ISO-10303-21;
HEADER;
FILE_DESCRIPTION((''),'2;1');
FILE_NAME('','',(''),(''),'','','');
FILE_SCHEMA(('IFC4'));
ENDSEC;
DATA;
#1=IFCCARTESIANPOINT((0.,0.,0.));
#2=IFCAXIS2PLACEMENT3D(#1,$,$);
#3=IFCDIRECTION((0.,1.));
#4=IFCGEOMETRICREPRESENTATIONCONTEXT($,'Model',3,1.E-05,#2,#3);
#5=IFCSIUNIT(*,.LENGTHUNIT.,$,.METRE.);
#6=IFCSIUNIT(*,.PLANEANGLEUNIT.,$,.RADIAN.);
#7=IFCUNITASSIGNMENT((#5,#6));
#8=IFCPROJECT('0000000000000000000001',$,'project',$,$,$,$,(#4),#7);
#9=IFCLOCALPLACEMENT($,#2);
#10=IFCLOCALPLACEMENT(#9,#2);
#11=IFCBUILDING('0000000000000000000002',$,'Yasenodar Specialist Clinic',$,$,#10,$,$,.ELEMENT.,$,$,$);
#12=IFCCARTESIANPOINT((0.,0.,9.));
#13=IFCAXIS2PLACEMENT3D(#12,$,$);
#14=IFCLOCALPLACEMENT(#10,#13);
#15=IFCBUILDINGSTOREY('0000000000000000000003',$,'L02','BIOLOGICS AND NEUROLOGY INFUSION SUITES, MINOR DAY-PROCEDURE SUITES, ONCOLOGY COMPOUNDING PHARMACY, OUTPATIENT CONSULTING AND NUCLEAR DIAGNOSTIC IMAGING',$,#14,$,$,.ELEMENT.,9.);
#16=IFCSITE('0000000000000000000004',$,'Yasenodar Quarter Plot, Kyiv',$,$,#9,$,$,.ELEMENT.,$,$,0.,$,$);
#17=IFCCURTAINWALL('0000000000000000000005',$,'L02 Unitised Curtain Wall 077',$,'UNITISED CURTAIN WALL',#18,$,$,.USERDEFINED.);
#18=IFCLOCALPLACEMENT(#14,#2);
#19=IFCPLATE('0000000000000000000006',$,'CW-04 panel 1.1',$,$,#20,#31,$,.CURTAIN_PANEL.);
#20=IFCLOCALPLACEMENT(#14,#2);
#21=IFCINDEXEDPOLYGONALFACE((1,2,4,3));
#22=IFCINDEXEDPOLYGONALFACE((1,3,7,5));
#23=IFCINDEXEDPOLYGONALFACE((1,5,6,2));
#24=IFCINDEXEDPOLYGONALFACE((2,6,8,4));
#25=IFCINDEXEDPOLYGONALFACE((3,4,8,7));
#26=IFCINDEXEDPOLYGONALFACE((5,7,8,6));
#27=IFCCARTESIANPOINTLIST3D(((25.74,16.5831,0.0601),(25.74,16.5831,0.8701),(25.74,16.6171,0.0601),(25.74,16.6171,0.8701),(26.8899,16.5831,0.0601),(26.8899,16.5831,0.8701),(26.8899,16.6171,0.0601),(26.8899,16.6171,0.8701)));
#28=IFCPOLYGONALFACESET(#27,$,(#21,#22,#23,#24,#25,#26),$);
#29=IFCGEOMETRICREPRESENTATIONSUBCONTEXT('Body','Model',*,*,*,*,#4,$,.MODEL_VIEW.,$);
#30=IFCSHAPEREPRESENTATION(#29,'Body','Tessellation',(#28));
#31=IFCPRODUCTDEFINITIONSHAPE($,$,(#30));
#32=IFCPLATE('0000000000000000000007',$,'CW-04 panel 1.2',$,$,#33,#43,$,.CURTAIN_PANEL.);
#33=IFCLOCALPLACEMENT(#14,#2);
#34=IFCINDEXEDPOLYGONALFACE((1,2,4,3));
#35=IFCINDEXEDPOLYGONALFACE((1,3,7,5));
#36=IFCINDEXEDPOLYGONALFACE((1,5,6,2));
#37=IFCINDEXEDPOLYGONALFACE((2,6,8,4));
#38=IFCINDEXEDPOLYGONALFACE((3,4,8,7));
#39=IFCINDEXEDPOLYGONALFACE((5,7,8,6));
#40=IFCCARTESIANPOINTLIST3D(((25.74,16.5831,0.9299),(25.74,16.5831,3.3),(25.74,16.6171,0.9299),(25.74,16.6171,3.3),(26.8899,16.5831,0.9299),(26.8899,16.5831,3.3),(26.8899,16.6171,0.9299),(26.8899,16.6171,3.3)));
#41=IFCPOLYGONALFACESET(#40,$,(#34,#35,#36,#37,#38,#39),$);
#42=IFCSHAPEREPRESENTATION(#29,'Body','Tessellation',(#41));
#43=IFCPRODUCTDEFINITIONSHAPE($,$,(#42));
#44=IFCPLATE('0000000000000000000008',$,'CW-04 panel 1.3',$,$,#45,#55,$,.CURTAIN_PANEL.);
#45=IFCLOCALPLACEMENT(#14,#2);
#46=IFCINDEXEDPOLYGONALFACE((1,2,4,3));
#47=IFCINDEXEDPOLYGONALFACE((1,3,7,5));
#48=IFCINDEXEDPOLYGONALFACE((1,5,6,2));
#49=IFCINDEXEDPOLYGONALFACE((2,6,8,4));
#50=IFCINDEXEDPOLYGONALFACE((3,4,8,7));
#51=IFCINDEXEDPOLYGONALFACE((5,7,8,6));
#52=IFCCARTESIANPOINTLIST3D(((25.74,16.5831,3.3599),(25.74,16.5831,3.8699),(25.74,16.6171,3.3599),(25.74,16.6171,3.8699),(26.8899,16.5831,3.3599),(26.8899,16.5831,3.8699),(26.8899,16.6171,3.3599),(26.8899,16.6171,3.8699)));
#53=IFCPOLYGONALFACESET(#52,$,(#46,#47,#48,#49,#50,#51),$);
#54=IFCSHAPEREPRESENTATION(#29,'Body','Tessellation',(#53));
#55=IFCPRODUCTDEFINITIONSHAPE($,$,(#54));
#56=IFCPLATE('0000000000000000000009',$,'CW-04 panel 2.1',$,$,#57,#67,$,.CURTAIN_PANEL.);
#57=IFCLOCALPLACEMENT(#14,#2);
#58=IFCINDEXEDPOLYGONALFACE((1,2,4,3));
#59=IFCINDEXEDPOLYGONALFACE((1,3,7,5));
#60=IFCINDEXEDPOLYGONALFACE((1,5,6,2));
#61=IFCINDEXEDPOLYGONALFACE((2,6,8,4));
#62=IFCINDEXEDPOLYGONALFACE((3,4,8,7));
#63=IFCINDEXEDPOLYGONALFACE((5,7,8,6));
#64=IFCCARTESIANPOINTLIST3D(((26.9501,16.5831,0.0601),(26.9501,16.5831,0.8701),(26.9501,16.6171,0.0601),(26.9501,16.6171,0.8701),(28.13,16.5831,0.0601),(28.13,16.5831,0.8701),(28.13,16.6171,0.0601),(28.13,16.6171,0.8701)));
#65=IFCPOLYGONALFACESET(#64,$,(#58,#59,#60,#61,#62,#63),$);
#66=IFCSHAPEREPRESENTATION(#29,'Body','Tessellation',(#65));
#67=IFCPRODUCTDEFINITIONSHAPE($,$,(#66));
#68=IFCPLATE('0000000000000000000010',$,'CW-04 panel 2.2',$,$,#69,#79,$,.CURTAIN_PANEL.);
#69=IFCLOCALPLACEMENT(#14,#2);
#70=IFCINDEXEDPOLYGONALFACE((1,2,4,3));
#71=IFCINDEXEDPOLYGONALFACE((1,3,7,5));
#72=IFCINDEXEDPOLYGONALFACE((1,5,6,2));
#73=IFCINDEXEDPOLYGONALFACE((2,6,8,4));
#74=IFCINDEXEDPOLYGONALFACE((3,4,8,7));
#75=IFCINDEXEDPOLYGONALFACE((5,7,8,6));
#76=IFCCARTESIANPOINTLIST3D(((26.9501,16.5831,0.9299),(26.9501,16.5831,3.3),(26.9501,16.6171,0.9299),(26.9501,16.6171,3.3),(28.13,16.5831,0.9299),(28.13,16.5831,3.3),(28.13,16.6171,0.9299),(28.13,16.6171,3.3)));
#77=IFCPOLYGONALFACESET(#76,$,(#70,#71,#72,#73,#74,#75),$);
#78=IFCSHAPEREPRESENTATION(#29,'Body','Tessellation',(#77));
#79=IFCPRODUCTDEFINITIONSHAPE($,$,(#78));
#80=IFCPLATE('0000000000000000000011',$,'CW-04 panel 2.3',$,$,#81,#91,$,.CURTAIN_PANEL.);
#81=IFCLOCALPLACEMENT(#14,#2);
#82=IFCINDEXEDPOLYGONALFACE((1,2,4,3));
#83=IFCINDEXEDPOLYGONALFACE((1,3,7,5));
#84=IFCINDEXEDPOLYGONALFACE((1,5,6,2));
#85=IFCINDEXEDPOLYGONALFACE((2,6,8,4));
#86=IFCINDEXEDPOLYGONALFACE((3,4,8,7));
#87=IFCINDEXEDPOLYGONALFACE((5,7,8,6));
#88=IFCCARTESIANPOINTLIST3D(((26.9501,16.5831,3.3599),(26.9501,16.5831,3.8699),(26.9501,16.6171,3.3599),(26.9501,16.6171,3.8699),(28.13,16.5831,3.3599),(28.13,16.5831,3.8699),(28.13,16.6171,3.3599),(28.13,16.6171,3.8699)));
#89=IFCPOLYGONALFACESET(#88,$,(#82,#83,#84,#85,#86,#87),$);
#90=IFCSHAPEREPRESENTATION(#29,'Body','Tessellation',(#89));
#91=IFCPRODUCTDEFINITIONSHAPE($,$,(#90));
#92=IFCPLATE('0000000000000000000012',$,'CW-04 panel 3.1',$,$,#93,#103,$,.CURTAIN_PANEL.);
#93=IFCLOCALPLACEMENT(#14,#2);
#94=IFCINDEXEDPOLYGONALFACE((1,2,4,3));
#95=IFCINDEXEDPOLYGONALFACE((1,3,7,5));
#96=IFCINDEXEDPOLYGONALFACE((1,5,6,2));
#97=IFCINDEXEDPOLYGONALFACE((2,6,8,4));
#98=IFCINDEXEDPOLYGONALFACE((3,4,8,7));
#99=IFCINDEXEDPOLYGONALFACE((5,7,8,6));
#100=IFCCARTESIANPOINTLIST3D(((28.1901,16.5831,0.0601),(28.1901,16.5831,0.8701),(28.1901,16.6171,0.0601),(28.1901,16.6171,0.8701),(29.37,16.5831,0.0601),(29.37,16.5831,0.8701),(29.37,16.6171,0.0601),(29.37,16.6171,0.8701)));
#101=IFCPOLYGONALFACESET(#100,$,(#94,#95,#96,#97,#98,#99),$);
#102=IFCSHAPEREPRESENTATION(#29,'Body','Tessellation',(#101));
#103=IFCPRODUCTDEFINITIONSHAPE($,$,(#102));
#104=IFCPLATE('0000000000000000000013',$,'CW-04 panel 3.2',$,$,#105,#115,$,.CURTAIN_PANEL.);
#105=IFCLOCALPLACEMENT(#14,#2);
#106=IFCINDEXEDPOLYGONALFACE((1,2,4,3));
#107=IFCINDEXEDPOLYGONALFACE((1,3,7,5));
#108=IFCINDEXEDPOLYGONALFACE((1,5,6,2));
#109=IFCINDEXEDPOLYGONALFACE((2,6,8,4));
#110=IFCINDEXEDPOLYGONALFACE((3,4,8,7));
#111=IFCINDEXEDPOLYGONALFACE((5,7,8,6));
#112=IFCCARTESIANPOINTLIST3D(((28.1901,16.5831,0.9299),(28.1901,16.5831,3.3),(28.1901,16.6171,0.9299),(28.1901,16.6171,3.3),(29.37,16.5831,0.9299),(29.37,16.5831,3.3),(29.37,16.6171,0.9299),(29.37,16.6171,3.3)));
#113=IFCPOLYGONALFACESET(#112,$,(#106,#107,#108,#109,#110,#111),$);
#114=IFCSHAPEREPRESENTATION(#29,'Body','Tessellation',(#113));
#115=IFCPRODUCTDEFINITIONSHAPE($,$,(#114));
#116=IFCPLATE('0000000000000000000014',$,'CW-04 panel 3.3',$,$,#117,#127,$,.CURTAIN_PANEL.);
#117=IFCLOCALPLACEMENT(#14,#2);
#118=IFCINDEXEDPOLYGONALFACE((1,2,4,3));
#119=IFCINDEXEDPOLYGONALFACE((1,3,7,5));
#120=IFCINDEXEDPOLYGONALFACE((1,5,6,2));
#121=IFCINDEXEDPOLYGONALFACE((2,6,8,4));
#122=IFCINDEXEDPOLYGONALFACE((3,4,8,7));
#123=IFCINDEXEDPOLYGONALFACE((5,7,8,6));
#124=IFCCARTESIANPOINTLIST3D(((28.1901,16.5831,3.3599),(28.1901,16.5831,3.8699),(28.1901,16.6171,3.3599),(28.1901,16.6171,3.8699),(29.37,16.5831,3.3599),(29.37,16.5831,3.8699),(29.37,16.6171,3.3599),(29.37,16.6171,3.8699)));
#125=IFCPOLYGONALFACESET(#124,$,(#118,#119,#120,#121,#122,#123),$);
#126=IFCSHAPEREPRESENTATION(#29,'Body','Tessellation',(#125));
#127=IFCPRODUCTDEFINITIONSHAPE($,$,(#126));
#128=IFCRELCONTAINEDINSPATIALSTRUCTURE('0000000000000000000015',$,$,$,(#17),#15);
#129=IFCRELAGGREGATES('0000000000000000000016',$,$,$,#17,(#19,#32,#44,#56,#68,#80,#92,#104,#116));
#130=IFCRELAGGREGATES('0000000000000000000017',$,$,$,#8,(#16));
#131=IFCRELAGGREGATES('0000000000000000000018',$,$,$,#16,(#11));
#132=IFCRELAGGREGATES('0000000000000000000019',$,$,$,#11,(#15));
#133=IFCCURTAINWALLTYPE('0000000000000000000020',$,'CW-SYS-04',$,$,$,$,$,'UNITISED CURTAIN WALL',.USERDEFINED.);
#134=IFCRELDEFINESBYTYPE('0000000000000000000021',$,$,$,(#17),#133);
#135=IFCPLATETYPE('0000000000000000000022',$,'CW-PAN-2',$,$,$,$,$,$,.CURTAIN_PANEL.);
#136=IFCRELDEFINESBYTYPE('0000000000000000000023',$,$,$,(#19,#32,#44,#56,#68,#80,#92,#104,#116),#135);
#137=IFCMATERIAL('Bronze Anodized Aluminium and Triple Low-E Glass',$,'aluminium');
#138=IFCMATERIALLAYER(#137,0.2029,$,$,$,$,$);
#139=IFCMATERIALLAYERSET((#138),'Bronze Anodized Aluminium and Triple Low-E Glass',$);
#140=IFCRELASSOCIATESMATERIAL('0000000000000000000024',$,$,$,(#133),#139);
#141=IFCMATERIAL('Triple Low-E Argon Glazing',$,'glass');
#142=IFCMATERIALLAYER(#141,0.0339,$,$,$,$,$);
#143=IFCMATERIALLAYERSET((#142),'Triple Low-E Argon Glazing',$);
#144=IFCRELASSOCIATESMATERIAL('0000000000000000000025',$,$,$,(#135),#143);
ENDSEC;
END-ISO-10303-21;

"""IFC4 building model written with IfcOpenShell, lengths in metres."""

from ifc_helpers import new_model, si_unit, direction, frame, origin, origin_2d, place, context, subcontext, project, spatial, rectangle, extrude, material, layer, layer_set, type_object, element, aggregate, save


model = new_model("IFC4")

# Units and contexts
model_context = context("Model", 3, precision=1e-05, world=origin(), true_north=direction((0.0, 1.0)))
body_context = subcontext(model_context, "Body", "Model", "MODEL_VIEW")
ifc_project = project(units=[si_unit("LENGTHUNIT", "METRE"), si_unit("PLANEANGLEUNIT", "RADIAN")], contexts=[model_context])

# Site, building, storey
site_placement = place(None, origin())
site = spatial("IfcSite", under=ifc_project, at=site_placement, Name="Yasenodar Quarter Plot, Kyiv", CompositionType="ELEMENT", RefElevation=0.0)
building_placement = place(site_placement, origin())
building = spatial("IfcBuilding", under=site, at=building_placement, Name="Yasenodar Specialist Clinic", CompositionType="ELEMENT")
storey_placement = place(building_placement, frame((0.0, 0.0, 9.0)))
storey = spatial("IfcBuildingStorey", under=building, at=storey_placement, Name="L02", Description="BIOLOGICS AND NEUROLOGY INFUSION SUITES, MINOR DAY-PROCEDURE SUITES, ONCOLOGY COMPOUNDING PHARMACY, OUTPATIENT CONSULTING AND NUCLEAR DIAGNOSTIC IMAGING", CompositionType="ELEMENT", Elevation=9.0)

# Curtain wall
ifc_material_1 = material(Name="Bronze Anodized Aluminium and Triple Low-E Glass", Category="aluminium")
ifc_layer_1 = layer(ifc_material_1, 0.2029)
ifc_layer_set_1 = layer_set([ifc_layer_1], Name="Bronze Anodized Aluminium and Triple Low-E Glass")
curtain_wall_type = type_object("IfcCurtainWallType", Name="CW-SYS-04", ElementType="UNITISED CURTAIN WALL", PredefinedType="USERDEFINED", material=ifc_layer_set_1)
curtain_wall_1_placement = place(storey_placement, origin())
curtain_wall_1 = element("IfcCurtainWall", 1, at=curtain_wall_1_placement, inside=storey, type_object=curtain_wall_type, Name="L02 Unitised Curtain Wall 077", ObjectType="UNITISED CURTAIN WALL", PredefinedType="USERDEFINED")

# Plates
ifc_material_2 = material(Name="Triple Low-E Argon Glazing", Category="glass")
ifc_layer_2 = layer(ifc_material_2, 0.0339)
ifc_layer_set_2 = layer_set([ifc_layer_2], Name="Triple Low-E Argon Glazing")
plate_type_1 = type_object("IfcPlateType", Name="CW-PAN-2", PredefinedType="CURTAIN_PANEL", material=ifc_layer_set_2)
plate_1_placement = place(storey_placement, frame((26.3149, 16.6001, 0.0601), z_axis=(0.0, 0.0, 1.0), x_axis=(1.0, 0.0, 0.0)))
plate_1 = element("IfcPlate", 2, at=plate_1_placement, type_object=plate_type_1, Name="CW-04 panel 1.1", PredefinedType="CURTAIN_PANEL", context=body_context, shape_type="SweptSolid", body=[
    extrude(rectangle(XDim=1.1499, YDim=0.0339, at=origin_2d()), origin(), (0.0, 0.0, 1.0), 0.8101),
])
plate_2_placement = place(storey_placement, frame((26.3149, 16.6001, 0.9299), z_axis=(0.0, 0.0, 1.0), x_axis=(1.0, 0.0, 0.0)))
plate_2 = element("IfcPlate", 3, at=plate_2_placement, type_object=plate_type_1, Name="CW-04 panel 1.2", PredefinedType="CURTAIN_PANEL", context=body_context, shape_type="SweptSolid", body=[
    extrude(rectangle(XDim=1.1499, YDim=0.0339, at=origin_2d()), origin(), (0.0, 0.0, 1.0), 2.3701),
])
plate_3_placement = place(storey_placement, frame((26.3149, 16.6001, 3.3599), z_axis=(0.0, 0.0, 1.0), x_axis=(1.0, 0.0, 0.0)))
plate_3 = element("IfcPlate", 4, at=plate_3_placement, type_object=plate_type_1, Name="CW-04 panel 1.3", PredefinedType="CURTAIN_PANEL", context=body_context, shape_type="SweptSolid", body=[
    extrude(rectangle(XDim=1.1499, YDim=0.0339, at=origin_2d()), origin(), (0.0, 0.0, 1.0), 0.51),
])
plate_4_placement = place(storey_placement, frame((27.54, 16.6001, 0.0601), z_axis=(0.0, 0.0, 1.0), x_axis=(1.0, 0.0, 0.0)))
plate_4 = element("IfcPlate", 5, at=plate_4_placement, type_object=plate_type_1, Name="CW-04 panel 2.1", PredefinedType="CURTAIN_PANEL", context=body_context, shape_type="SweptSolid", body=[
    extrude(rectangle(XDim=1.1799, YDim=0.0339, at=origin_2d()), origin(), (0.0, 0.0, 1.0), 0.8101),
])
plate_5_placement = place(storey_placement, frame((27.54, 16.6001, 0.9299), z_axis=(0.0, 0.0, 1.0), x_axis=(1.0, 0.0, 0.0)))
plate_5 = element("IfcPlate", 6, at=plate_5_placement, type_object=plate_type_1, Name="CW-04 panel 2.2", PredefinedType="CURTAIN_PANEL", context=body_context, shape_type="SweptSolid", body=[
    extrude(rectangle(XDim=1.1799, YDim=0.0339, at=origin_2d()), origin(), (0.0, 0.0, 1.0), 2.3701),
])
plate_6_placement = place(storey_placement, frame((27.54, 16.6001, 3.3599), z_axis=(0.0, 0.0, 1.0), x_axis=(1.0, 0.0, 0.0)))
plate_6 = element("IfcPlate", 7, at=plate_6_placement, type_object=plate_type_1, Name="CW-04 panel 2.3", PredefinedType="CURTAIN_PANEL", context=body_context, shape_type="SweptSolid", body=[
    extrude(rectangle(XDim=1.1799, YDim=0.0339, at=origin_2d()), origin(), (0.0, 0.0, 1.0), 0.51),
])
plate_7_placement = place(storey_placement, frame((28.78, 16.6001, 0.0601), z_axis=(0.0, 0.0, 1.0), x_axis=(1.0, 0.0, 0.0)))
plate_7 = element("IfcPlate", 8, at=plate_7_placement, type_object=plate_type_1, Name="CW-04 panel 3.1", PredefinedType="CURTAIN_PANEL", context=body_context, shape_type="SweptSolid", body=[
    extrude(rectangle(XDim=1.1799, YDim=0.0339, at=origin_2d()), origin(), (0.0, 0.0, 1.0), 0.8101),
])
plate_8_placement = place(storey_placement, frame((28.78, 16.6001, 0.9299), z_axis=(0.0, 0.0, 1.0), x_axis=(1.0, 0.0, 0.0)))
plate_8 = element("IfcPlate", 9, at=plate_8_placement, type_object=plate_type_1, Name="CW-04 panel 3.2", PredefinedType="CURTAIN_PANEL", context=body_context, shape_type="SweptSolid", body=[
    extrude(rectangle(XDim=1.1799, YDim=0.0339, at=origin_2d()), origin(), (0.0, 0.0, 1.0), 2.3701),
])
plate_9_placement = place(storey_placement, frame((28.78, 16.6001, 3.3599), z_axis=(0.0, 0.0, 1.0), x_axis=(1.0, 0.0, 0.0)))
plate_9 = element("IfcPlate", 10, at=plate_9_placement, type_object=plate_type_1, Name="CW-04 panel 3.3", PredefinedType="CURTAIN_PANEL", context=body_context, shape_type="SweptSolid", body=[
    extrude(rectangle(XDim=1.1799, YDim=0.0339, at=origin_2d()), origin(), (0.0, 0.0, 1.0), 0.51),
])
aggregate(curtain_wall_1, [plate_1, plate_2, plate_3, plate_4, plate_5, plate_6, plate_7, plate_8, plate_9])

save(model, "model.ifc")
